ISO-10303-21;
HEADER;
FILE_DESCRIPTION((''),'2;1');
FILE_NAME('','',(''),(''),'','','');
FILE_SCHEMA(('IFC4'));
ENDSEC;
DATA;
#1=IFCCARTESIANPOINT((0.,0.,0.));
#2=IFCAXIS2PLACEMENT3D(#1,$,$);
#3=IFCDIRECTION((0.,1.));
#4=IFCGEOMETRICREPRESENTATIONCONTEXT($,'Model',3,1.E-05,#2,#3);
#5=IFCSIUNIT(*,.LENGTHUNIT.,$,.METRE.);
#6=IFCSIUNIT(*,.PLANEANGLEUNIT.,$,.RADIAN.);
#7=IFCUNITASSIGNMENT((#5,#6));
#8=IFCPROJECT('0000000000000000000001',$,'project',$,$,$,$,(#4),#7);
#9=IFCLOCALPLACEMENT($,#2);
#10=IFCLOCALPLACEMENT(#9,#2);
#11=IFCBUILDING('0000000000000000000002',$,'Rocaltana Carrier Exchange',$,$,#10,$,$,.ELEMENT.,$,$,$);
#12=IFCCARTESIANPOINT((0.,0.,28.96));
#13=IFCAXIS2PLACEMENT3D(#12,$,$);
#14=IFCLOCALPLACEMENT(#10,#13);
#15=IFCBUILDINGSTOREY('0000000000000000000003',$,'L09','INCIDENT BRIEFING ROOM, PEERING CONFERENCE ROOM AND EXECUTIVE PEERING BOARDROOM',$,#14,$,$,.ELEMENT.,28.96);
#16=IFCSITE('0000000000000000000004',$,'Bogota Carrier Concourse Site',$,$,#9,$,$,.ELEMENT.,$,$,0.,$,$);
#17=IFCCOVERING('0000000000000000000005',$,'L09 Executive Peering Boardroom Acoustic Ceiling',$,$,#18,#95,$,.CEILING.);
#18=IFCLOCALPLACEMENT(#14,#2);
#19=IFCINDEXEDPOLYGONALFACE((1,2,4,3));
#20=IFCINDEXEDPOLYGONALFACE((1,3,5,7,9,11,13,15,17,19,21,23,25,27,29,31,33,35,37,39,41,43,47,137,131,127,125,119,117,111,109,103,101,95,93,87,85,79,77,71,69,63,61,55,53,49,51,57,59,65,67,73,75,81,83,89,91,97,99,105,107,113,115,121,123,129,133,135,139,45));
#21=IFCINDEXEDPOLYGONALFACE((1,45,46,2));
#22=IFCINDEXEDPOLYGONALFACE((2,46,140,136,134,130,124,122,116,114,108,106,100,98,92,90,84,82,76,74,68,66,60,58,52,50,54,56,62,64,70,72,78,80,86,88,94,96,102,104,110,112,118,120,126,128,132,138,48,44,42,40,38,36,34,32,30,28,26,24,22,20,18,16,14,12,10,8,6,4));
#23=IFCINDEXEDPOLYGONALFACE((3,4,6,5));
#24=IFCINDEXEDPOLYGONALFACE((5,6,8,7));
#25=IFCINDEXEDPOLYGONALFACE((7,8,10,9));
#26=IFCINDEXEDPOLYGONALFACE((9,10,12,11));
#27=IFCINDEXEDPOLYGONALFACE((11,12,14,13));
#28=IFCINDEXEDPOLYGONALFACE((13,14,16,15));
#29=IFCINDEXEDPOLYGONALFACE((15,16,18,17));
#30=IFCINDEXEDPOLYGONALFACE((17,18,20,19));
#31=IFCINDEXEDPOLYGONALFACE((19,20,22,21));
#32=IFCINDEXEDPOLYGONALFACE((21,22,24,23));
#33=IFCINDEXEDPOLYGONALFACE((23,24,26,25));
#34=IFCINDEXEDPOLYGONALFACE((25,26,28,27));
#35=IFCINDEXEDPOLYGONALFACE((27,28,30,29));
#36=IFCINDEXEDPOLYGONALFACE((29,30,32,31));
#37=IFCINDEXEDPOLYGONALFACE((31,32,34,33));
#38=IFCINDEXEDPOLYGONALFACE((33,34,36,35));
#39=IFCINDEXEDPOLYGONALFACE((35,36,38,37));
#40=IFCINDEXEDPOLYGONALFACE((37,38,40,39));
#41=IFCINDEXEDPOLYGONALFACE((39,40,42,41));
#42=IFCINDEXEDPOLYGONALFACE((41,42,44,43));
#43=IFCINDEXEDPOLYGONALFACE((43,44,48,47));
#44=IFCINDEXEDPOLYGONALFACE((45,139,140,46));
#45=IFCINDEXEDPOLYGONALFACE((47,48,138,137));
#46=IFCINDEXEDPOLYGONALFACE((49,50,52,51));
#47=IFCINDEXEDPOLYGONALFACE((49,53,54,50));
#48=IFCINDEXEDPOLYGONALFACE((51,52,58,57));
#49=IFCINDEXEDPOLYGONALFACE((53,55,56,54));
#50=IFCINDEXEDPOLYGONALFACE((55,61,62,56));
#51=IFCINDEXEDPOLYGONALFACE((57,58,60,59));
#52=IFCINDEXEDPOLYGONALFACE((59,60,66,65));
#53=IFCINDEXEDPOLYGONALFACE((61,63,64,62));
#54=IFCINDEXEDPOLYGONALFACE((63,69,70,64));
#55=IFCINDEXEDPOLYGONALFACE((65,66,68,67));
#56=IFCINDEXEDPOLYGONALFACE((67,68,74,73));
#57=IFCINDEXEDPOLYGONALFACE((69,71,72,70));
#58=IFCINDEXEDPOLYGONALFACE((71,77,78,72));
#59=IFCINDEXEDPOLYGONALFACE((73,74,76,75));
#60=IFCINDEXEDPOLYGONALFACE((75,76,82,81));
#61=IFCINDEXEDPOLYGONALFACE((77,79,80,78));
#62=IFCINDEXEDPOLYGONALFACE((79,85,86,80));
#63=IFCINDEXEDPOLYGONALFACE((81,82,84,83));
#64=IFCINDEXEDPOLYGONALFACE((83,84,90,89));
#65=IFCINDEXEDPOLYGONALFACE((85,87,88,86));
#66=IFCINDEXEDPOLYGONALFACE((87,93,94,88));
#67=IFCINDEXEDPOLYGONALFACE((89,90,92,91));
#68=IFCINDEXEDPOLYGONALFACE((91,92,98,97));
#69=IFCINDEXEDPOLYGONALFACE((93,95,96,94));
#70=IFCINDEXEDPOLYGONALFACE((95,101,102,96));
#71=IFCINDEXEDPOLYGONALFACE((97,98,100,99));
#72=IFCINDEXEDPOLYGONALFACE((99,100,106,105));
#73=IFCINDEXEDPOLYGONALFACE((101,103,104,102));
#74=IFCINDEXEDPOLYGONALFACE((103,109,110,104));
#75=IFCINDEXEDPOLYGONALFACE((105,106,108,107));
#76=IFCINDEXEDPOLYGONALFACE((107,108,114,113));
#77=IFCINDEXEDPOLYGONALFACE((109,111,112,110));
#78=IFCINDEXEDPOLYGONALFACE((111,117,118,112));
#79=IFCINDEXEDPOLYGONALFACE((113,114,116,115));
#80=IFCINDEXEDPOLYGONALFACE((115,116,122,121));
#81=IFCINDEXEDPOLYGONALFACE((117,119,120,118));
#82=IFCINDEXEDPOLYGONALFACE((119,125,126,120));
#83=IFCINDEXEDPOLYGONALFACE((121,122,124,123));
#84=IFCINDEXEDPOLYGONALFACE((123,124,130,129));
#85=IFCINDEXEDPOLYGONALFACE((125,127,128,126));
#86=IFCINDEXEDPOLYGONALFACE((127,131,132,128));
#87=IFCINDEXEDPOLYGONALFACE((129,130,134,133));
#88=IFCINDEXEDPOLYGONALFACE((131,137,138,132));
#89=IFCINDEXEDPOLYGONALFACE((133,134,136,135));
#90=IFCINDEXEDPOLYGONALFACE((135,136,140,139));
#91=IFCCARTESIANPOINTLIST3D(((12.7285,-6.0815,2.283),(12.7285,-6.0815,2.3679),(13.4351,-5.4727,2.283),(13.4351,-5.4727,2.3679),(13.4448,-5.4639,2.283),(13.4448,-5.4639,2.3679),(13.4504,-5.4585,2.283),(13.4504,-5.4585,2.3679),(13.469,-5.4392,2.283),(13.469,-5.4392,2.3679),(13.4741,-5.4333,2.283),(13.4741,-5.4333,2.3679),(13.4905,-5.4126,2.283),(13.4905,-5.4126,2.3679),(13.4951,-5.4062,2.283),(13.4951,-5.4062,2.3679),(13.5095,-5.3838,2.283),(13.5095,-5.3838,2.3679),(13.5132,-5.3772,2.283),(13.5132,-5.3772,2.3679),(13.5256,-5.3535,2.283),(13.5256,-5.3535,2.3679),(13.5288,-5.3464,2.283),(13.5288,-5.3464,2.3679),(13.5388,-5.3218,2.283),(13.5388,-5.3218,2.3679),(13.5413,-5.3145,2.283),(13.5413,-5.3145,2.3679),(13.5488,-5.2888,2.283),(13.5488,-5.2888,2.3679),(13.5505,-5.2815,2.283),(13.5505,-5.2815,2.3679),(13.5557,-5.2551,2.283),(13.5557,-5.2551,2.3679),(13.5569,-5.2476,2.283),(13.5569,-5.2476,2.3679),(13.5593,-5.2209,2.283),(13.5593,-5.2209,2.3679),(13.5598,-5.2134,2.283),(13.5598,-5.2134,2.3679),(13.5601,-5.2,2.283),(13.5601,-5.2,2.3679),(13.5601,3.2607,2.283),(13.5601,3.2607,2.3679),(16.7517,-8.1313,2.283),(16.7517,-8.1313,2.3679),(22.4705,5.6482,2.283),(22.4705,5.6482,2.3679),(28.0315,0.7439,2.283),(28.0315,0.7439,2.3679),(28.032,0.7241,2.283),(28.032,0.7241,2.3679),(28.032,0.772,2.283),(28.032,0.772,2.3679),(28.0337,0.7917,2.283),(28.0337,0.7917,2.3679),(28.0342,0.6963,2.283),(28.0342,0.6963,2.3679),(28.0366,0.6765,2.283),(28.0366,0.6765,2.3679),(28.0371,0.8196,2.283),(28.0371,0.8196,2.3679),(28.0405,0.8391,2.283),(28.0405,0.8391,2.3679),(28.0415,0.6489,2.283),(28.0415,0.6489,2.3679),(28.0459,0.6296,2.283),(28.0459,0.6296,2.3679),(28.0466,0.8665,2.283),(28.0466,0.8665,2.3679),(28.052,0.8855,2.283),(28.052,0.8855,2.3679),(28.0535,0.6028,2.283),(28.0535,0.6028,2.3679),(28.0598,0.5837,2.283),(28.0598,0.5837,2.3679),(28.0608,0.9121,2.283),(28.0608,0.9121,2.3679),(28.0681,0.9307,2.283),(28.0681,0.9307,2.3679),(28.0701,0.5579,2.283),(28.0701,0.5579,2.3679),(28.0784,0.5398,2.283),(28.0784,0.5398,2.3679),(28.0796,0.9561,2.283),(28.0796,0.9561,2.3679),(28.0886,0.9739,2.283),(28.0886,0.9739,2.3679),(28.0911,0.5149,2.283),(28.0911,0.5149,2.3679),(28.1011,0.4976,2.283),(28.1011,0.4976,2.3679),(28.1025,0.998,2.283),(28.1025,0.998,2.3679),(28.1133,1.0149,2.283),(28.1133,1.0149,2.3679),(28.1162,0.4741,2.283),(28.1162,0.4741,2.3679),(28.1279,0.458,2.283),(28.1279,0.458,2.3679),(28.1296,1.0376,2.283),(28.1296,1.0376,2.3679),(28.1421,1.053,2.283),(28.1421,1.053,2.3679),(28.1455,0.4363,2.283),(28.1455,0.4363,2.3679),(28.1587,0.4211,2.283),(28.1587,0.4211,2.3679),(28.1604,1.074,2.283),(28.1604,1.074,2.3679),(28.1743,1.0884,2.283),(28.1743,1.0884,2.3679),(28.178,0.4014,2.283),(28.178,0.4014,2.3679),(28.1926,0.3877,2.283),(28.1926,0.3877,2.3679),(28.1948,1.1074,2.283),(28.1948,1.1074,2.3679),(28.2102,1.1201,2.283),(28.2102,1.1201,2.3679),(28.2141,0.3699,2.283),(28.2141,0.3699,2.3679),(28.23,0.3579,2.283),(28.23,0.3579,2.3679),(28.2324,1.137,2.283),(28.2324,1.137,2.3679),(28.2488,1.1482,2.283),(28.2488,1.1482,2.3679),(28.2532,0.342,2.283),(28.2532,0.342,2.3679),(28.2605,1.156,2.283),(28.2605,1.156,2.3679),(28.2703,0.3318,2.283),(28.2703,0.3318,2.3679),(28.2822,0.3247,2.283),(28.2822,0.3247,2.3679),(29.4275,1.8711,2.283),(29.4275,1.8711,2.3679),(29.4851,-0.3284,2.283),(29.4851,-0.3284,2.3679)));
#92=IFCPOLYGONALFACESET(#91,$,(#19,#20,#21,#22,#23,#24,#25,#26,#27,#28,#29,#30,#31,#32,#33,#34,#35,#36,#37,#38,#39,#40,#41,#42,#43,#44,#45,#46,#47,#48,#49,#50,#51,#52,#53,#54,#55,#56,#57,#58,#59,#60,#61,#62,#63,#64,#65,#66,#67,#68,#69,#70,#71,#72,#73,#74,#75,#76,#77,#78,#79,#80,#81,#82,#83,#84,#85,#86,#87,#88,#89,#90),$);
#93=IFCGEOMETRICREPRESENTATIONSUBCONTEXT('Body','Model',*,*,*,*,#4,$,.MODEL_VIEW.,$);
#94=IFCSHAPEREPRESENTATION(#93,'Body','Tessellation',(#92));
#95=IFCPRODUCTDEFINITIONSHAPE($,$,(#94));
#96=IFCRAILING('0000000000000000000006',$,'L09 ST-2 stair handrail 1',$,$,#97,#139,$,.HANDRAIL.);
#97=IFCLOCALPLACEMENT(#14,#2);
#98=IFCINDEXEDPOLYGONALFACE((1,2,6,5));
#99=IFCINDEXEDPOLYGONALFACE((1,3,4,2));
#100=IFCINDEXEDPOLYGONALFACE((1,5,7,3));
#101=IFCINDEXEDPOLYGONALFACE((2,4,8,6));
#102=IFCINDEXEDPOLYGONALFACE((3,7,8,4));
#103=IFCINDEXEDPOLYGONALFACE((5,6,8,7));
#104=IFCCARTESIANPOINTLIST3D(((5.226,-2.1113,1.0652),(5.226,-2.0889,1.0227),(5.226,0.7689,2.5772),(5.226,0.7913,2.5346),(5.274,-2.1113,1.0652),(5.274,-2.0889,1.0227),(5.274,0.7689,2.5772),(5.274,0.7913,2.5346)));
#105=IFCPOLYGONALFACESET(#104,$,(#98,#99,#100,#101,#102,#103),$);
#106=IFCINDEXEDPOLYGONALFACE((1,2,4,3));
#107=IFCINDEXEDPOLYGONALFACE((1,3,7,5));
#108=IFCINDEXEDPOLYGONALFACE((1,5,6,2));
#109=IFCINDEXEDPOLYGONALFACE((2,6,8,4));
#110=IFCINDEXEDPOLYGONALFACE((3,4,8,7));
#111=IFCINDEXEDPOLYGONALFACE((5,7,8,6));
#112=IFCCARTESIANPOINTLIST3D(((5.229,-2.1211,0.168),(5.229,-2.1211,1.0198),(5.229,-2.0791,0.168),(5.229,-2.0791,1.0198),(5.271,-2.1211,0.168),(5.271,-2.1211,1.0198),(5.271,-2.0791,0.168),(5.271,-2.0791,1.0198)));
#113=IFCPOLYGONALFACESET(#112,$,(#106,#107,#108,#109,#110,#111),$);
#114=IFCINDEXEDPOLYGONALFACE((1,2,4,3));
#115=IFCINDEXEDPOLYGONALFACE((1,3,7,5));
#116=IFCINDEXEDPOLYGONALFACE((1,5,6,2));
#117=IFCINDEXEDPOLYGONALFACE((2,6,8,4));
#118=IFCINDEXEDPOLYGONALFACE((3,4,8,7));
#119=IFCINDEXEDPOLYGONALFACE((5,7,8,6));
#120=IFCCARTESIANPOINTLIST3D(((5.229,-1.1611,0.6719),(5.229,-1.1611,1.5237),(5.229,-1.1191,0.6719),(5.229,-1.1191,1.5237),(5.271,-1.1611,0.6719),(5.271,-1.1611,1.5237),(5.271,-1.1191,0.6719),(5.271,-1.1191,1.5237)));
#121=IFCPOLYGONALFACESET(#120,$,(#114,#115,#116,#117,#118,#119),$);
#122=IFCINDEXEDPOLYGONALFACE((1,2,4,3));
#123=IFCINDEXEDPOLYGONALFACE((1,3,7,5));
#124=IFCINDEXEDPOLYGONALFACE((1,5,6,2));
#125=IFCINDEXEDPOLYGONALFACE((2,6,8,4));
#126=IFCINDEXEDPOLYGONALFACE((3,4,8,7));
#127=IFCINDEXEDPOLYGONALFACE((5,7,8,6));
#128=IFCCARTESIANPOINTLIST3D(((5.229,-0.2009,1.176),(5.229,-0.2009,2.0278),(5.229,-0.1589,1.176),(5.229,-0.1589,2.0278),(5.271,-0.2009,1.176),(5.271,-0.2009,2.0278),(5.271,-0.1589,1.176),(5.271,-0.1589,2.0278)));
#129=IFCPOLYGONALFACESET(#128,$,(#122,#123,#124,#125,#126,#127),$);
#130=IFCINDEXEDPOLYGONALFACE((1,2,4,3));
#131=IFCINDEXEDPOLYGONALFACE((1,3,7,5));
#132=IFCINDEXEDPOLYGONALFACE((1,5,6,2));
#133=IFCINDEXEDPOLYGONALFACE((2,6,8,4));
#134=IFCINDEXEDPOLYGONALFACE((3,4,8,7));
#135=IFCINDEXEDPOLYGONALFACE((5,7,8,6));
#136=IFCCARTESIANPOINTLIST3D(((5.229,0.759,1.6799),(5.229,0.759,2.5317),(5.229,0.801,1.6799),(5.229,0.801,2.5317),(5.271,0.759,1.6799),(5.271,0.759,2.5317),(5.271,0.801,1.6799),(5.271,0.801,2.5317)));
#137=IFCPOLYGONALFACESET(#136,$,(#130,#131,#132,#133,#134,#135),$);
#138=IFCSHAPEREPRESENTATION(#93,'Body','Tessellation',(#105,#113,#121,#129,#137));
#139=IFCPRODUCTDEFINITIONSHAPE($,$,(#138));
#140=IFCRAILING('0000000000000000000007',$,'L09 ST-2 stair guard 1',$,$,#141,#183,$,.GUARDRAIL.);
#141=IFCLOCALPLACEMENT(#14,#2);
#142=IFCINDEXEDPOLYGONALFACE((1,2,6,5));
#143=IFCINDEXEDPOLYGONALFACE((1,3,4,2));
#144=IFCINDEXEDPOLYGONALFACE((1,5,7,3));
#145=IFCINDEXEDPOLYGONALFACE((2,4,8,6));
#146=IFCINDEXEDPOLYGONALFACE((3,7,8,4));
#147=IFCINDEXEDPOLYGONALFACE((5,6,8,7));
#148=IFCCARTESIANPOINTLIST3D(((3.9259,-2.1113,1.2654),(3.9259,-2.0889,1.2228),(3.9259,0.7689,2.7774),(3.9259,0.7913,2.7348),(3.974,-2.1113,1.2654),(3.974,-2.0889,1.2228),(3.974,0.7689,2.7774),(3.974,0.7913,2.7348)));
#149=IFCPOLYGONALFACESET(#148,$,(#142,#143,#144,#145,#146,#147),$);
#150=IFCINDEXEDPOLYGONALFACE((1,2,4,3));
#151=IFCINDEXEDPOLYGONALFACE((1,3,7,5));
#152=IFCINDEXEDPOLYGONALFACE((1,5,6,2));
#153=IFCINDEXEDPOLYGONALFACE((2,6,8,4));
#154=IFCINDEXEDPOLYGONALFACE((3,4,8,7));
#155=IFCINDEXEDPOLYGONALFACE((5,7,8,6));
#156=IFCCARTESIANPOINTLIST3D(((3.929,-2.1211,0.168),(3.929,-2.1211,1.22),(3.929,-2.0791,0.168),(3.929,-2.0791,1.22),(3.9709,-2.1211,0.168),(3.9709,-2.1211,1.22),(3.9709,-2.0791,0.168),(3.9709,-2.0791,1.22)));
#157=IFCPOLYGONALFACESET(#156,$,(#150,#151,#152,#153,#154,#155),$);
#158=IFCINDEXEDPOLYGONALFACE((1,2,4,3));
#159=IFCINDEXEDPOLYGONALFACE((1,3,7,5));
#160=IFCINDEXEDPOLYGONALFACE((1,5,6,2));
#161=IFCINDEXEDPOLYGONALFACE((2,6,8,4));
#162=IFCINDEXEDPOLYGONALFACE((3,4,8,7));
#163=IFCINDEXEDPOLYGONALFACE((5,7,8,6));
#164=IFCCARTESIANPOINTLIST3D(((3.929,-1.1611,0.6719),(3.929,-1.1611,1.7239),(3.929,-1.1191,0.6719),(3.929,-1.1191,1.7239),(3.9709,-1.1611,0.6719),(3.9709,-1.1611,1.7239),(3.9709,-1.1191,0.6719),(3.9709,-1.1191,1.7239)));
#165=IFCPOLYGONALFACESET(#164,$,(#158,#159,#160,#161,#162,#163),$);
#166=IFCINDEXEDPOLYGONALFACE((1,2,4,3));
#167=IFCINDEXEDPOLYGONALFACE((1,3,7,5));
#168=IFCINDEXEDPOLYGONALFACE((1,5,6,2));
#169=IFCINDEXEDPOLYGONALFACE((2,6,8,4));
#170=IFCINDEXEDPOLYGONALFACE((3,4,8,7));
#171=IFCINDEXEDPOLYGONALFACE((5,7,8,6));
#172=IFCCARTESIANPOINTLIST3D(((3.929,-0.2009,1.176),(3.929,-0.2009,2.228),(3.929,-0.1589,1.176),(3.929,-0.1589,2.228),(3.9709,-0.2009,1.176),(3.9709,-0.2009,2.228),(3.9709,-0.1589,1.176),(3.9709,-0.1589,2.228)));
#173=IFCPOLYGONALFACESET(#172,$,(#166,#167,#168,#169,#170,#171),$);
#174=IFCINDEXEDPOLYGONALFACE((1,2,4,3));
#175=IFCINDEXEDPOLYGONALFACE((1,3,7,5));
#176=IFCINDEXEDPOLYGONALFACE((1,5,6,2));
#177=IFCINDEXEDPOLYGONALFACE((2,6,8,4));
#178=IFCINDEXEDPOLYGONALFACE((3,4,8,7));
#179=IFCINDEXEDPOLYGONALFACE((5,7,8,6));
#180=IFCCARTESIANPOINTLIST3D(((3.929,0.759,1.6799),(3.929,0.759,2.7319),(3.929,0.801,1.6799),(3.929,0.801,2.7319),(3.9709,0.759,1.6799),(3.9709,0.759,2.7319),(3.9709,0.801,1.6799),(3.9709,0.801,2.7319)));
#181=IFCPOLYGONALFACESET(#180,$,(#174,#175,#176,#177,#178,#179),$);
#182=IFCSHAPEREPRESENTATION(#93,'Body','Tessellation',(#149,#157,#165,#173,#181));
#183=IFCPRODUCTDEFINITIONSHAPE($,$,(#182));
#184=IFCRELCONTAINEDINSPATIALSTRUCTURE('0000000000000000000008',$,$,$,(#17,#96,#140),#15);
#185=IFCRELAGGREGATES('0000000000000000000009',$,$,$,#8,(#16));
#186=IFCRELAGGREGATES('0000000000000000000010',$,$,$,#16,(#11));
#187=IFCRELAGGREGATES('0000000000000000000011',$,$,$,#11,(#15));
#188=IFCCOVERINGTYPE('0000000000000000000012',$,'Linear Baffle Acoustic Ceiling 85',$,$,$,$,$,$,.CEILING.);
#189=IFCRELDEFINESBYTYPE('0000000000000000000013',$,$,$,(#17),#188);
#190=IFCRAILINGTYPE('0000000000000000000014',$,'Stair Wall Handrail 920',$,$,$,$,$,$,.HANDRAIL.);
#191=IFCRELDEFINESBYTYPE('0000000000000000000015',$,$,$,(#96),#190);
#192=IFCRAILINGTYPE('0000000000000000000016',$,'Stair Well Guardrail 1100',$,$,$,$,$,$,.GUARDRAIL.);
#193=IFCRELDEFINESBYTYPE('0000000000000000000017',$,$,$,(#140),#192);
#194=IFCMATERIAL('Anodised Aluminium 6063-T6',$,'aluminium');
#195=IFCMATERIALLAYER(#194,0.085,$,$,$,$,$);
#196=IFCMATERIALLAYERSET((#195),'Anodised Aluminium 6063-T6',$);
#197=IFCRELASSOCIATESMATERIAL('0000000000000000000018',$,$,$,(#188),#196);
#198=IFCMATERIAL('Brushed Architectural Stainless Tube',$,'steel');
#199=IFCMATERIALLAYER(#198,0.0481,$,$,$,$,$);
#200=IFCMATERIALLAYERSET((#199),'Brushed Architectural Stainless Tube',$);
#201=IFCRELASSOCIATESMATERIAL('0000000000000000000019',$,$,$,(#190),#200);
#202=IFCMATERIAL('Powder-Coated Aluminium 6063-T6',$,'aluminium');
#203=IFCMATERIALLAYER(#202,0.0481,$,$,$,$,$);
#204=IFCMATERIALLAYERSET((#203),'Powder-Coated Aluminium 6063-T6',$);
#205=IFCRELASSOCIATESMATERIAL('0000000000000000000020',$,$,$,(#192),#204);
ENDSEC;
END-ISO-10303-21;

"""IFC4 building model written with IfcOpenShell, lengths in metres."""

from ifc_helpers import new_model, si_unit, direction, frame, origin, origin_2d, place, context, subcontext, project, spatial, polyline, rectangle, outline, extrude, material, layer, layer_set, type_object, element, save


model = new_model("IFC4")

# Units and contexts
model_context = context("Model", 3, precision=1e-05, world=origin(), true_north=direction((0.0, 1.0)))
body_context = subcontext(model_context, "Body", "Model", "MODEL_VIEW")
ifc_project = project(units=[si_unit("LENGTHUNIT", "METRE"), si_unit("PLANEANGLEUNIT", "RADIAN")], contexts=[model_context])

# Site, building, storey
site_placement = place(None, origin())
site = spatial("IfcSite", under=ifc_project, at=site_placement, Name="Bogota Carrier Concourse Site", CompositionType="ELEMENT", RefElevation=0.0)
building_placement = place(site_placement, origin())
building = spatial("IfcBuilding", under=site, at=building_placement, Name="Rocaltana Carrier Exchange", CompositionType="ELEMENT")
storey_placement = place(building_placement, frame((0.0, 0.0, 28.96)))
storey = spatial("IfcBuildingStorey", under=building, at=storey_placement, Name="L09", Description="INCIDENT BRIEFING ROOM, PEERING CONFERENCE ROOM AND EXECUTIVE PEERING BOARDROOM", CompositionType="ELEMENT", Elevation=28.96)

# Covering
ifc_material_1 = material(Name="Anodised Aluminium 6063-T6", Category="aluminium")
ifc_layer_1 = layer(ifc_material_1, 0.085)
ifc_layer_set_1 = layer_set([ifc_layer_1], Name="Anodised Aluminium 6063-T6")
covering_type_1 = type_object("IfcCoveringType", Name="Linear Baffle Acoustic Ceiling 85", PredefinedType="CEILING", material=ifc_layer_set_1)
covering_1_placement = place(storey_placement, frame((0.0, 0.0, 2.283)))
element("IfcCovering", 1, at=covering_1_placement, inside=storey, type_object=covering_type_1, Name="L09 Executive Peering Boardroom Acoustic Ceiling", PredefinedType="CEILING", context=body_context, shape_type="SweptSolid", body=[
    extrude(outline(polyline([(29.4275, 1.8711), (28.2605, 1.156), (28.2488, 1.1482), (28.2324, 1.137), (28.2102, 1.1201), (28.1948, 1.1074), (28.1743, 1.0884), (28.1604, 1.074), (28.1421, 1.053), (28.1296, 1.0376), (28.1133, 1.0149), (28.1025, 0.998), (28.0886, 0.9739), (28.0796, 0.9561), (28.0681, 0.9307), (28.0608, 0.9121), (28.052, 0.8855), (28.0466, 0.8665), (28.0405, 0.8391), (28.0371, 0.8196), (28.0337, 0.7917), (28.032, 0.772), (28.0315, 0.7439), (28.032, 0.7241), (28.0342, 0.6963), (28.0366, 0.6765), (28.0415, 0.6489), (28.0459, 0.6296), (28.0535, 0.6028), (28.0598, 0.5837), (28.0701, 0.5579), (28.0784, 0.5398), (28.0911, 0.5149), (28.1011, 0.4976), (28.1162, 0.4741), (28.1279, 0.458), (28.1455, 0.4363), (28.1587, 0.4211), (28.178, 0.4014), (28.1926, 0.3877), (28.2141, 0.3699), (28.23, 0.3579), (28.2532, 0.342), (28.2703, 0.3318), (28.2822, 0.3247), (29.4851, -0.3284), (16.7517, -8.1313), (12.7285, -6.0815), (13.4351, -5.4727), (13.4448, -5.4639), (13.4504, -5.4585), (13.469, -5.4392), (13.4741, -5.4333), (13.4905, -5.4126), (13.4951, -5.4062), (13.5095, -5.3838), (13.5132, -5.3772), (13.5256, -5.3535), (13.5288, -5.3464), (13.5388, -5.3218), (13.5413, -5.3145), (13.5488, -5.2888), (13.5505, -5.2815), (13.5557, -5.2551), (13.5569, -5.2476), (13.5593, -5.2209), (13.5598, -5.2134), (13.5601, -5.2), (13.5601, 3.2607), (22.4705, 5.6482), (29.4275, 1.8711)])), origin(), (0.0, 0.0, 1.0), 0.085),
])

# Railings
ifc_material_2 = material(Name="Brushed Architectural Stainless Tube", Category="steel")
ifc_layer_2 = layer(ifc_material_2, 0.0481)
ifc_layer_set_2 = layer_set([ifc_layer_2], Name="Brushed Architectural Stainless Tube")
railing_type_1 = type_object("IfcRailingType", Name="Stair Wall Handrail 920", PredefinedType="HANDRAIL", material=ifc_layer_set_2)
railing_1_placement = place(storey_placement, frame((5.25, -2.1001, 0.168)))
element("IfcRailing", 2, at=railing_1_placement, inside=storey, type_object=railing_type_1, Name="L09 ST-2 stair handrail 1", PredefinedType="HANDRAIL", context=body_context, shape_type="SweptSolid", body=[
    extrude(rectangle(XDim=0.0481, YDim=0.0481, at=origin_2d()), frame((0.0, 0.0, 0.876), z_axis=(0.0, 0.885411, 0.464809), x_axis=(-1.0, 0.0, 0.0)), (0.0, 0.0, 1.0), 3.2529),
    extrude(rectangle(XDim=0.042, YDim=0.042, at=origin_2d()), origin(), (0.0, 0.0, 1.0), 0.8518),
    extrude(rectangle(XDim=0.042, YDim=0.042, at=origin_2d()), frame((0.0, 0.96, 0.5039)), (0.0, 0.0, 1.0), 0.8518),
    extrude(rectangle(XDim=0.042, YDim=0.042, at=origin_2d()), frame((0.0, 1.9202, 1.0081)), (0.0, 0.0, 1.0), 0.8518),
    extrude(rectangle(XDim=0.042, YDim=0.042, at=origin_2d()), frame((0.0, 2.8801, 1.512)), (0.0, 0.0, 1.0), 0.8518),
])
ifc_material_3 = material(Name="Powder-Coated Aluminium 6063-T6", Category="aluminium")
ifc_layer_3 = layer(ifc_material_3, 0.0481)
ifc_layer_set_3 = layer_set([ifc_layer_3], Name="Powder-Coated Aluminium 6063-T6")
railing_type_2 = type_object("IfcRailingType", Name="Stair Well Guardrail 1100", PredefinedType="GUARDRAIL", material=ifc_layer_set_3)
railing_2_placement = place(storey_placement, frame((3.95, -2.1001, 0.168)))
element("IfcRailing", 3, at=railing_2_placement, inside=storey, type_object=railing_type_2, Name="L09 ST-2 stair guard 1", PredefinedType="GUARDRAIL", context=body_context, shape_type="SweptSolid", body=[
    extrude(rectangle(XDim=0.0481, YDim=0.0481, at=origin_2d()), frame((0.0, 0.0, 1.0762), z_axis=(0.0, 0.885411, 0.464809), x_axis=(-1.0, 0.0, 0.0)), (0.0, 0.0, 1.0), 3.2529),
    extrude(rectangle(XDim=0.042, YDim=0.042, at=origin_2d()), origin(), (0.0, 0.0, 1.0), 1.052),
    extrude(rectangle(XDim=0.042, YDim=0.042, at=origin_2d()), frame((0.0, 0.96, 0.5039)), (0.0, 0.0, 1.0), 1.052),
    extrude(rectangle(XDim=0.042, YDim=0.042, at=origin_2d()), frame((0.0, 1.9202, 1.0081)), (0.0, 0.0, 1.0), 1.052),
    extrude(rectangle(XDim=0.042, YDim=0.042, at=origin_2d()), frame((0.0, 2.8801, 1.512)), (0.0, 0.0, 1.0), 1.052),
])

save(model, "model.ifc")
